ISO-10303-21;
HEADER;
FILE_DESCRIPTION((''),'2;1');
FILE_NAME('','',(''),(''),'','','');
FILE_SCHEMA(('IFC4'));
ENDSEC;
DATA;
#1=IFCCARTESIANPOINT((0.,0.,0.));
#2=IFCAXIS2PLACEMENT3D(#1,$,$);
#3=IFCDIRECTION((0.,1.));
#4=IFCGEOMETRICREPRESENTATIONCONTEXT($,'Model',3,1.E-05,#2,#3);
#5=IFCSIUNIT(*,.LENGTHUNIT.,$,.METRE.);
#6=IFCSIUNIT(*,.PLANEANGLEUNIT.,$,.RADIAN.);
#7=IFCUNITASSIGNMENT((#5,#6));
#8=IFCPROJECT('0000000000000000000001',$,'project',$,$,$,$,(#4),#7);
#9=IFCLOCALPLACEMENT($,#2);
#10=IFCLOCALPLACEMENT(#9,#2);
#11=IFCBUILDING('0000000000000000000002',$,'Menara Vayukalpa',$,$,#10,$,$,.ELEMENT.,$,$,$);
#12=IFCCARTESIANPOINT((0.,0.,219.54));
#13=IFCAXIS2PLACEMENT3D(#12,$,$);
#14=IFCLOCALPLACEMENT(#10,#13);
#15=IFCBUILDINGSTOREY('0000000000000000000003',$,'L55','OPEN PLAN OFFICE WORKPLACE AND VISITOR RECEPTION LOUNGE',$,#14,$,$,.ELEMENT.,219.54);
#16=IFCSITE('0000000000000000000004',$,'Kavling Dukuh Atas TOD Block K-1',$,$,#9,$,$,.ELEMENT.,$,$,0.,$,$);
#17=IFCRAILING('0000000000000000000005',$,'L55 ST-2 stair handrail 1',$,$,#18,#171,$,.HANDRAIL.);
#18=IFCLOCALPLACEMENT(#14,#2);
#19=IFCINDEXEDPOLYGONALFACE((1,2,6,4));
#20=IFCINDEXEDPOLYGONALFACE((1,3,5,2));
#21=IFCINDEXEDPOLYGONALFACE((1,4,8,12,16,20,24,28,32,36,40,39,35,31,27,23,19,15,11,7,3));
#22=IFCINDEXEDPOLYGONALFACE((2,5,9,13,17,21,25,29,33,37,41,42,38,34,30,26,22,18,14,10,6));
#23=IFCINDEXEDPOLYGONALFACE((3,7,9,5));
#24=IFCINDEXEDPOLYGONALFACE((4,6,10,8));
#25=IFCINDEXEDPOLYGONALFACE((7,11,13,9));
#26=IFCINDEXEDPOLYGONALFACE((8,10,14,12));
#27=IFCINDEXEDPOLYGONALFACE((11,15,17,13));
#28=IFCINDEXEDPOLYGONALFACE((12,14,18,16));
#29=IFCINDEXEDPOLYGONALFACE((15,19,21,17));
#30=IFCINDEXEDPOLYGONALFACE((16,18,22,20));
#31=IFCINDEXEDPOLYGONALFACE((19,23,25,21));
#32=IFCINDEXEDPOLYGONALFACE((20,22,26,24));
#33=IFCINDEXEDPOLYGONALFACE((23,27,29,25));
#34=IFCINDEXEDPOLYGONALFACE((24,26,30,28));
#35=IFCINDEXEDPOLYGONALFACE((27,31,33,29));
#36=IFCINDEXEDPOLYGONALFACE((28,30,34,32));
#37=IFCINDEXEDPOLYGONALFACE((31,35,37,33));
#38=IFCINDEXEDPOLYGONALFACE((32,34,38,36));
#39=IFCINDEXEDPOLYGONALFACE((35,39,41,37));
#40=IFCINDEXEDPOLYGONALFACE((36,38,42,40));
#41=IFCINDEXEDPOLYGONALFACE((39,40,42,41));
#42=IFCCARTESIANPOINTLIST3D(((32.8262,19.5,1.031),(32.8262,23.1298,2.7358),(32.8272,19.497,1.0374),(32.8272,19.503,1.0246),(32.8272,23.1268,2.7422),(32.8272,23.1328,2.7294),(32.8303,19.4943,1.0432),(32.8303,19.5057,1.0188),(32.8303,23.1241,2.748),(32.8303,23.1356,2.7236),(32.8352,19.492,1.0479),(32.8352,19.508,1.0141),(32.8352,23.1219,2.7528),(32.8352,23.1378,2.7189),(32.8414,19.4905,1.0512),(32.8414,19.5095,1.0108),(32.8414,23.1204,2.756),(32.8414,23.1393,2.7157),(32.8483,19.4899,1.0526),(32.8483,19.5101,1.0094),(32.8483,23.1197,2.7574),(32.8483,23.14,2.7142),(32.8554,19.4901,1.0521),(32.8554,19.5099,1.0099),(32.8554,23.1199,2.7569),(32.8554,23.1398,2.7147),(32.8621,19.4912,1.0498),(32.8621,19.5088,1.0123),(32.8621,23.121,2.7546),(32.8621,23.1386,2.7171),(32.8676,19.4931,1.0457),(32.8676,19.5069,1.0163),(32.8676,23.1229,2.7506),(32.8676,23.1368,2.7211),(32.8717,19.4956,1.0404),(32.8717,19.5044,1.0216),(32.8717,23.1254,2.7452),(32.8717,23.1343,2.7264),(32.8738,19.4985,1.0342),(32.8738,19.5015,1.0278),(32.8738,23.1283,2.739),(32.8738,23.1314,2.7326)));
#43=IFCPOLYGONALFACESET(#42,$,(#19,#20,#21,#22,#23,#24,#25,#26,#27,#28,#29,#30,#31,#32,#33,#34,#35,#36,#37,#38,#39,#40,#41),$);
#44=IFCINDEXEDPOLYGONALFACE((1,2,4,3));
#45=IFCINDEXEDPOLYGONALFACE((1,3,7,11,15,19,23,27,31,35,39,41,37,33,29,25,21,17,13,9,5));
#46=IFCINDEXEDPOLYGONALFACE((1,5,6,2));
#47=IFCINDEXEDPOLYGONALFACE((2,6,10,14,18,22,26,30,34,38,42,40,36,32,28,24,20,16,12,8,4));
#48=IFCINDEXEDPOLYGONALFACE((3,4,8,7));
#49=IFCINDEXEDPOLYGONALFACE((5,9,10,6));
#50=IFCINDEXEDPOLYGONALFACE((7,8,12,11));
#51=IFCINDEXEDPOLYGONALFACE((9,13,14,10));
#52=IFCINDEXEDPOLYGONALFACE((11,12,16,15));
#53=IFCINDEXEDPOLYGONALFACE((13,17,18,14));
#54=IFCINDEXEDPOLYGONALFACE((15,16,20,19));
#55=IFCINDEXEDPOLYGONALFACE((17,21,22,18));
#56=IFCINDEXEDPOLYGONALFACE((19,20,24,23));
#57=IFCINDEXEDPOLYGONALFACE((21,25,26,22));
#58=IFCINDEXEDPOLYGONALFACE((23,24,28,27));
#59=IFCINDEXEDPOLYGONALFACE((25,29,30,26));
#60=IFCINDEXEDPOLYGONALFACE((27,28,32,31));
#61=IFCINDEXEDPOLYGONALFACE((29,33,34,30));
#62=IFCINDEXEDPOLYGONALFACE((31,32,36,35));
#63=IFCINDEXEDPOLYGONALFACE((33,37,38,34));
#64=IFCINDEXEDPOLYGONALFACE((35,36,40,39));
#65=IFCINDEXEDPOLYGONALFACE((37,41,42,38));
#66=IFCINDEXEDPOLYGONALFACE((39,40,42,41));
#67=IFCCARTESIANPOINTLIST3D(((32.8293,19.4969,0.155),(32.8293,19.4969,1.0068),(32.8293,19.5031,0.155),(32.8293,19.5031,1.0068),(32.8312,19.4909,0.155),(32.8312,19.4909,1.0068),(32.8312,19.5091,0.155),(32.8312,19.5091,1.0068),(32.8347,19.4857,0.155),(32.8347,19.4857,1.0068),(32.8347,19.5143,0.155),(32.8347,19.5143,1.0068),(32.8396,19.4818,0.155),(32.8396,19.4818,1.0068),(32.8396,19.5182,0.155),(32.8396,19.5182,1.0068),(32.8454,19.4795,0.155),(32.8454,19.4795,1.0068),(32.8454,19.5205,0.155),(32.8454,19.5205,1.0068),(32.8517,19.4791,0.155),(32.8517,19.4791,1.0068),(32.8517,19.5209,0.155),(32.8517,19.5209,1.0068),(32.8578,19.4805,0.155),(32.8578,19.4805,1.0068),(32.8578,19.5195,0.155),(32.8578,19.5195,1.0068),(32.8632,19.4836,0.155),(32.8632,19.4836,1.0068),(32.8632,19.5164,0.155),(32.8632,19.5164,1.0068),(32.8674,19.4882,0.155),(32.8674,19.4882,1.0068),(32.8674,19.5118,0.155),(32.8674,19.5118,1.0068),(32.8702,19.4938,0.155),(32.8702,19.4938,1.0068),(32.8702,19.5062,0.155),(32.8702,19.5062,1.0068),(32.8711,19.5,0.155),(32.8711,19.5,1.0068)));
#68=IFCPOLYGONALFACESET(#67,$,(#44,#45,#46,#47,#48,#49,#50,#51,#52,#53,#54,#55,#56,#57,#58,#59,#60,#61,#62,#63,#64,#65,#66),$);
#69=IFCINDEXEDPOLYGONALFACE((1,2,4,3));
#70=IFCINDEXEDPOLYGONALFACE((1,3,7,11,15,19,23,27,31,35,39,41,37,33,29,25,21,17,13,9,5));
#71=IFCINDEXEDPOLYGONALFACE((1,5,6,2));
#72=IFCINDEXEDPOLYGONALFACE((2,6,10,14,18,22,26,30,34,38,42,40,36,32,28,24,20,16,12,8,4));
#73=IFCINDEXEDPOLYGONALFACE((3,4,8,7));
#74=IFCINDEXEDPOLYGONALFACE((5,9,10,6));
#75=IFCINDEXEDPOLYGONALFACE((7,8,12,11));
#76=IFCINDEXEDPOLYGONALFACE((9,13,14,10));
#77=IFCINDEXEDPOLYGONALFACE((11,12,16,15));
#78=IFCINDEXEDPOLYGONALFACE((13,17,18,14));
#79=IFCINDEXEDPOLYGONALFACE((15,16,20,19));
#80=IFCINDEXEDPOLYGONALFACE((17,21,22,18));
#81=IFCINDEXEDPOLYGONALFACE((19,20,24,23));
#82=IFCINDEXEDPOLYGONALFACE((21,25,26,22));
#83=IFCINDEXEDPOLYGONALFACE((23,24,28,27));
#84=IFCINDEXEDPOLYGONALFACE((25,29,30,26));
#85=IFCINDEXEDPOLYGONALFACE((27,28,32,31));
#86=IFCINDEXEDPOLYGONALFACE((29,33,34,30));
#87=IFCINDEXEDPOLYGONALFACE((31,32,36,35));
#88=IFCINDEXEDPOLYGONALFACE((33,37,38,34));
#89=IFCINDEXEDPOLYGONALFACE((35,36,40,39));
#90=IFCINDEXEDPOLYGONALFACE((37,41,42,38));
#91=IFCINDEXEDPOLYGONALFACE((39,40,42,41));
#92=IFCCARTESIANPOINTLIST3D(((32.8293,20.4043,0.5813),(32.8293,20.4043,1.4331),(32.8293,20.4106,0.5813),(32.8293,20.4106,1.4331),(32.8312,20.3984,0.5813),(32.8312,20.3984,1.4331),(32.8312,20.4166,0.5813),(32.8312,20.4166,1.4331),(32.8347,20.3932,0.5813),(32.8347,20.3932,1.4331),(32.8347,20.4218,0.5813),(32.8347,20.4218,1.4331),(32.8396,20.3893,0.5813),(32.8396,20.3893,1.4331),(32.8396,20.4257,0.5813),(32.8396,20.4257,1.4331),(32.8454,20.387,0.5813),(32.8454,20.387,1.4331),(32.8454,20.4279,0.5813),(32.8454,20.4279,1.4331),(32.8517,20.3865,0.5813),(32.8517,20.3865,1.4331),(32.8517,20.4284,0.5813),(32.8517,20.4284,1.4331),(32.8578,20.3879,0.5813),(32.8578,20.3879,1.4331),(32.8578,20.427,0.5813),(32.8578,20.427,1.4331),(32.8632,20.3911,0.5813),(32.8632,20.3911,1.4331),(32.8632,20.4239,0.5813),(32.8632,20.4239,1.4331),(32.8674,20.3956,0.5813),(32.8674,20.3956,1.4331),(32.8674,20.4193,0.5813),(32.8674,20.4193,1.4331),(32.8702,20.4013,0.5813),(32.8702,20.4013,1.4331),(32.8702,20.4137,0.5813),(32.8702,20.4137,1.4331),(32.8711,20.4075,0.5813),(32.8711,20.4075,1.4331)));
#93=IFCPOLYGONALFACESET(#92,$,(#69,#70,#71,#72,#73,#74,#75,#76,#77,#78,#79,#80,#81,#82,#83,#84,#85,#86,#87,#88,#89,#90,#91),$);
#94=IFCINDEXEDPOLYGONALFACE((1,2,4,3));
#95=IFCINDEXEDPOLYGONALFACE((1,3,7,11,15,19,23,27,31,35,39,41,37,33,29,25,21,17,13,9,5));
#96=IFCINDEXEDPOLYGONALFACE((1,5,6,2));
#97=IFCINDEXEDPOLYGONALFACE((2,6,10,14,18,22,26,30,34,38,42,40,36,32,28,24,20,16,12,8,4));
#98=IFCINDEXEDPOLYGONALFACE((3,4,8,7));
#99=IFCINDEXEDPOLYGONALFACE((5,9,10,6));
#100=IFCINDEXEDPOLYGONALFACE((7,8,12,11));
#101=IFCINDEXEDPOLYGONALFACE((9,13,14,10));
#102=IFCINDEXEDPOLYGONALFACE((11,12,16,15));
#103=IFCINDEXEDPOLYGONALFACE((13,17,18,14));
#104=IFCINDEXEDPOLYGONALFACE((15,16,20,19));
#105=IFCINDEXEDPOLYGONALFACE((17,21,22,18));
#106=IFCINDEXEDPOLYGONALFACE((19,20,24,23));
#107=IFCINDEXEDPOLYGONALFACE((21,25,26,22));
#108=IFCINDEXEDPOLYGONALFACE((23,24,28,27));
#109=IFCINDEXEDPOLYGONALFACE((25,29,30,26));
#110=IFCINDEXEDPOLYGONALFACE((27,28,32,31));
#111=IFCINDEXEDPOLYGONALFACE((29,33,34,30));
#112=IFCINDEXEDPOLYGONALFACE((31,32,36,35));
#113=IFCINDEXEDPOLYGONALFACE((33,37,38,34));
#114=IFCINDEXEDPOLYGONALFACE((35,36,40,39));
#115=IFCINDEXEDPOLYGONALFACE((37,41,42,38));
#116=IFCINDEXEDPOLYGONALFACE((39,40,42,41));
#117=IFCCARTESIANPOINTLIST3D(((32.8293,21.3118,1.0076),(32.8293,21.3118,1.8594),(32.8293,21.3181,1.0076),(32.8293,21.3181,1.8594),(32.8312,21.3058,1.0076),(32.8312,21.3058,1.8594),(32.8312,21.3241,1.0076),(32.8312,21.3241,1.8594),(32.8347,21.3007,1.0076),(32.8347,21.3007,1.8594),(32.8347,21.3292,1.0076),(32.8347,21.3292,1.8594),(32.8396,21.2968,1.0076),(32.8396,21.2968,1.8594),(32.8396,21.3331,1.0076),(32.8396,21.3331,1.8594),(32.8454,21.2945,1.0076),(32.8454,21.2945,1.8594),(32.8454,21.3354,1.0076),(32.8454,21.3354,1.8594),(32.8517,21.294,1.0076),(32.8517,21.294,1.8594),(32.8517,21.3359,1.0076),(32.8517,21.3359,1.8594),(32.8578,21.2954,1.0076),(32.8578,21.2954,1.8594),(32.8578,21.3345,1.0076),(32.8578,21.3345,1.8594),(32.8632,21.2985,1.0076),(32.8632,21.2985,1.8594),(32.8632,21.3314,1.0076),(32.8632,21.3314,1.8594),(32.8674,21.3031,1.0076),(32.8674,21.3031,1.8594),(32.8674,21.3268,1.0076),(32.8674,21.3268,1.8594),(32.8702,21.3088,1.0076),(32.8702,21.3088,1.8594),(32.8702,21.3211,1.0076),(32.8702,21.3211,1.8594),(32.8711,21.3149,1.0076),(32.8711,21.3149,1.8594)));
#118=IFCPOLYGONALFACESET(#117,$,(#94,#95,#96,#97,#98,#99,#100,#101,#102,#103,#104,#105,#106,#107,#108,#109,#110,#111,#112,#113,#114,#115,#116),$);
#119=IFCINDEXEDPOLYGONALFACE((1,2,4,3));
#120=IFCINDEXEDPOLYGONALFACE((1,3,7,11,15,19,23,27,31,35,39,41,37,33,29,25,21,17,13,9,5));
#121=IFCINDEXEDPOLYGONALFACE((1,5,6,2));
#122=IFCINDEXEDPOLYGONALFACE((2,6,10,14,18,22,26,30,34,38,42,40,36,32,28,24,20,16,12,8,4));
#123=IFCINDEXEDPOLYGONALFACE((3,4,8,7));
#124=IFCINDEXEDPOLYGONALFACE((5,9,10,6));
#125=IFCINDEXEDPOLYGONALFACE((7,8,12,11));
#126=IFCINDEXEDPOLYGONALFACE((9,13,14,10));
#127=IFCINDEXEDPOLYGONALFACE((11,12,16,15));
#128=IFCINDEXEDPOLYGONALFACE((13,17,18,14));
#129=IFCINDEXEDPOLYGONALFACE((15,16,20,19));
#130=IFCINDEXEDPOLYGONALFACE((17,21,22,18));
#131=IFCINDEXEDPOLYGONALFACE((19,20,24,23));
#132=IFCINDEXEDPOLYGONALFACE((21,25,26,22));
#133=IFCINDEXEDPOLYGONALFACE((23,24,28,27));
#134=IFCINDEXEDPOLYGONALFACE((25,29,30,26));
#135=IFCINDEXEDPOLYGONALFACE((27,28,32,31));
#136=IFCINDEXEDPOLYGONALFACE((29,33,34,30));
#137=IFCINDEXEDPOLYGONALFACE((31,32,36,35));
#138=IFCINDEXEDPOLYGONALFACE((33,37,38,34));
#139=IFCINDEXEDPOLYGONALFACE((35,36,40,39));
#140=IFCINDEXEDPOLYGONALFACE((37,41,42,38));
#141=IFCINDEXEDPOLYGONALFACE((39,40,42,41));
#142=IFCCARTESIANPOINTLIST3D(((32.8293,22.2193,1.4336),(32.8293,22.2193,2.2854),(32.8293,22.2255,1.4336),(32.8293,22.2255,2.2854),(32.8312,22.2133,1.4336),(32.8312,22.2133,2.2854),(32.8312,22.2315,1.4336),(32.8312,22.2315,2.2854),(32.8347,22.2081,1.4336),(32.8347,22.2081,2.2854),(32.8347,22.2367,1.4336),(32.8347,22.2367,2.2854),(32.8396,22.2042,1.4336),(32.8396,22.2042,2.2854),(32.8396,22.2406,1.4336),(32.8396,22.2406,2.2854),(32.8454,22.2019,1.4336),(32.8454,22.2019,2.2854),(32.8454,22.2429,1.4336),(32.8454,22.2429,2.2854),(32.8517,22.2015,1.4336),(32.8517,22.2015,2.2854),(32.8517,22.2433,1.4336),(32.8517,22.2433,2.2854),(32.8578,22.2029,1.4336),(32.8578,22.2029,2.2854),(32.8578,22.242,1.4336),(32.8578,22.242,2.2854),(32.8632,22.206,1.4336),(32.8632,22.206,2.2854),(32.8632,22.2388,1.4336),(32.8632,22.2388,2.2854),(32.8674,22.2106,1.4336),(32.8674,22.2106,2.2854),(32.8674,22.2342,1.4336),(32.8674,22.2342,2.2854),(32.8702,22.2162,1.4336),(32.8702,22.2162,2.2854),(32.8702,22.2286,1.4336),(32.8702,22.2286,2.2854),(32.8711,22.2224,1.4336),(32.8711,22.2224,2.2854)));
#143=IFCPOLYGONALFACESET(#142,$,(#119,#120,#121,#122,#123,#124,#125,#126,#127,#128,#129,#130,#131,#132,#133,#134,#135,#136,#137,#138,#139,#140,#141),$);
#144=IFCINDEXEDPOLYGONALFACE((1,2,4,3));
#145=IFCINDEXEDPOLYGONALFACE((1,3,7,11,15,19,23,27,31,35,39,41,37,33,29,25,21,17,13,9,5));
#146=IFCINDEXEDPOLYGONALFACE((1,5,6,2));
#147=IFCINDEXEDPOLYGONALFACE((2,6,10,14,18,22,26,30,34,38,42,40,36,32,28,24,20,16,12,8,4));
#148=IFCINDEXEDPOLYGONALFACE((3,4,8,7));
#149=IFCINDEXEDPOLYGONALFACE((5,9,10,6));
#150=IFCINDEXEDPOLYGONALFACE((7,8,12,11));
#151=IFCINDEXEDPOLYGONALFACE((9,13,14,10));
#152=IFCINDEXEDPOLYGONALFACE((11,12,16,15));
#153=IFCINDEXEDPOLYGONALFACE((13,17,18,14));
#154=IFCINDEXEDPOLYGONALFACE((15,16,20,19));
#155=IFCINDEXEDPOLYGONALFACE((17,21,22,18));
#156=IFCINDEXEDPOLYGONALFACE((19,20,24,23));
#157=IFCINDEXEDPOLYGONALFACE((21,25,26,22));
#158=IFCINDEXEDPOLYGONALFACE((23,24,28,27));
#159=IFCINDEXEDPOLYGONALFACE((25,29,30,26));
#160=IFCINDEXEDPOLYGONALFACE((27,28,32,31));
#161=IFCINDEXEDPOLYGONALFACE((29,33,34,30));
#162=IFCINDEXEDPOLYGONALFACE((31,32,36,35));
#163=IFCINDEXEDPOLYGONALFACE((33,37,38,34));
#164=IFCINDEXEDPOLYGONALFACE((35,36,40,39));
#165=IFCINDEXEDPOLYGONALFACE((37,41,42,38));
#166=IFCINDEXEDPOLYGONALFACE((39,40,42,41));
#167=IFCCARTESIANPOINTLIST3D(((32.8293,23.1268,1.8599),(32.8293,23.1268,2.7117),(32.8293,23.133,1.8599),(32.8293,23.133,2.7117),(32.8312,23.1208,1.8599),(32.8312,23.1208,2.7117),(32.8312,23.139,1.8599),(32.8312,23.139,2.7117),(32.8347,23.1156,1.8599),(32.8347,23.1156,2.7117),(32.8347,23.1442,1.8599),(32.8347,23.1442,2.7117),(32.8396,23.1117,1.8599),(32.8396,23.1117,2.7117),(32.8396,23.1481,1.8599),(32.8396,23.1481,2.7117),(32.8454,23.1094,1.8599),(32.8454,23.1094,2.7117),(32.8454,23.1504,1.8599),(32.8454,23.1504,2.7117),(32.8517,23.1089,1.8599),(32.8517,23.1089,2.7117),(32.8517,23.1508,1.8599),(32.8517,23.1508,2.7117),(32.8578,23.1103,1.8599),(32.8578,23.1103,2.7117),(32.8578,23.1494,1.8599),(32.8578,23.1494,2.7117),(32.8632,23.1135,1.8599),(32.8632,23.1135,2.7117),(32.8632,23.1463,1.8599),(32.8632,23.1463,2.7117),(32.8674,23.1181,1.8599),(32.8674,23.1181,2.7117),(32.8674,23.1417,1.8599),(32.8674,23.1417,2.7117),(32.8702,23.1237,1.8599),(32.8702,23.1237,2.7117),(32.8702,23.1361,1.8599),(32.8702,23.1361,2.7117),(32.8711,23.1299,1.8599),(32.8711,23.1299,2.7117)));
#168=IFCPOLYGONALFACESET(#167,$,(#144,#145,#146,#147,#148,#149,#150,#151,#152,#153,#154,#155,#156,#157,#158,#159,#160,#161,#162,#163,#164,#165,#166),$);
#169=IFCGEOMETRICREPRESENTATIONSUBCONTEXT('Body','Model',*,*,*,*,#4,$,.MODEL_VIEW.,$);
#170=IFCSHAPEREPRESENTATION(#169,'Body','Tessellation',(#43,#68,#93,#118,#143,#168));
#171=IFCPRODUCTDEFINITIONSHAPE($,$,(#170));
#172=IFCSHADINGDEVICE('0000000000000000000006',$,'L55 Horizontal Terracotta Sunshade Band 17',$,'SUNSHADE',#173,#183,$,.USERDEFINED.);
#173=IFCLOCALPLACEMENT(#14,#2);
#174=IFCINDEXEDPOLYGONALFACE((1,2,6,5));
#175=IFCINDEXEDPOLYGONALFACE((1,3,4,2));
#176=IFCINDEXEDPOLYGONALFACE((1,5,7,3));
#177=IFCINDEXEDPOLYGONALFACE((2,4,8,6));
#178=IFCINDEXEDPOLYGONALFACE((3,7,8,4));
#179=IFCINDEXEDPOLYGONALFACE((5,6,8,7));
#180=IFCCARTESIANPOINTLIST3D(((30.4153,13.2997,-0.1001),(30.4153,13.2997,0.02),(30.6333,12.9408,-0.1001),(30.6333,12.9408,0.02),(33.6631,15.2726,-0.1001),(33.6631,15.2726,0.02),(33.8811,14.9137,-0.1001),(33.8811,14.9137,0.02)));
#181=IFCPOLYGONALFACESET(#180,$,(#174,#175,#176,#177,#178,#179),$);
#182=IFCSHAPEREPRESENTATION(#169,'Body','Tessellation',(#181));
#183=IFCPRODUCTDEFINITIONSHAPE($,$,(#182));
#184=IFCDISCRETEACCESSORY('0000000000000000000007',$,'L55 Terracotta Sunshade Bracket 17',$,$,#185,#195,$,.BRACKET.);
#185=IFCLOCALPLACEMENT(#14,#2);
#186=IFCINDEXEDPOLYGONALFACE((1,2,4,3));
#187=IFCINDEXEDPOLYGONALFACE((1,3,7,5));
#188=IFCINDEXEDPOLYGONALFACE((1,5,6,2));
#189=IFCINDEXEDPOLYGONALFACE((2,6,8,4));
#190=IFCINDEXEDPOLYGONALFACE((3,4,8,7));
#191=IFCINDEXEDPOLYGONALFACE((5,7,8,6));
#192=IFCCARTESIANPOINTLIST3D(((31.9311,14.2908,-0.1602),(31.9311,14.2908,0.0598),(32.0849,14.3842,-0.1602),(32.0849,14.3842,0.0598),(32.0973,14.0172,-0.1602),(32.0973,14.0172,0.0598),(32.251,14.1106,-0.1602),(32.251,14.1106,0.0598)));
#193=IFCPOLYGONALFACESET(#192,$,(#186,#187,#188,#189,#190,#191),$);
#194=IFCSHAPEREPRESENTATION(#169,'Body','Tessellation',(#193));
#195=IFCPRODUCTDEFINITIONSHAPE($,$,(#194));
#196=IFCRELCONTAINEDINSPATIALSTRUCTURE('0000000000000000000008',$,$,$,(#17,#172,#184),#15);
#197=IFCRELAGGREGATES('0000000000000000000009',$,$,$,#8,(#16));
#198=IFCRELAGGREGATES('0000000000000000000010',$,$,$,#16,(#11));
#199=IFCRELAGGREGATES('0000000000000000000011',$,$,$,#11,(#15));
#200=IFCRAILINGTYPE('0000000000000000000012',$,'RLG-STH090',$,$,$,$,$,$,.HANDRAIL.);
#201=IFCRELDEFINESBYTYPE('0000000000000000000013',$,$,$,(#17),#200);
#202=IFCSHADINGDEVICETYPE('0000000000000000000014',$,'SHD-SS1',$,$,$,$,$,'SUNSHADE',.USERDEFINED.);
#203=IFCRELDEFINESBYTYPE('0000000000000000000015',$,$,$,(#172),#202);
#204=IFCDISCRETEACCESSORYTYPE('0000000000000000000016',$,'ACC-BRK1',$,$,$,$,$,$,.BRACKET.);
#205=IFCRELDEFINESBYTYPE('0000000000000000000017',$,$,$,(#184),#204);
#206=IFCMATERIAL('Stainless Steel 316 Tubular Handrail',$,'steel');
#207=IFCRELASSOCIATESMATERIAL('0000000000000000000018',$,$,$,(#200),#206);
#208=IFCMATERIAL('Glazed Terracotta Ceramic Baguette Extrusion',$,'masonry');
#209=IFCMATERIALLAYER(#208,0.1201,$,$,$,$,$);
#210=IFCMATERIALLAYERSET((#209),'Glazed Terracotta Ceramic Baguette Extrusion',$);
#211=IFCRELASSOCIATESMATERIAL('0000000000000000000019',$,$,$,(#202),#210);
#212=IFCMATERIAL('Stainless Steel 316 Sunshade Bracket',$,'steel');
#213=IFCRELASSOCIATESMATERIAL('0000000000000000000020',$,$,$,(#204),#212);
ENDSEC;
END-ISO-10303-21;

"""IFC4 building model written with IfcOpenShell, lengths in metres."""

from ifc_helpers import new_model, si_unit, direction, frame, origin, origin_2d, place, context, subcontext, project, spatial, rectangle, circle, extrude, material, layer, layer_set, type_object, element, save


model = new_model("IFC4")

# Units and contexts
model_context = context("Model", 3, precision=1e-05, world=origin(), true_north=direction((0.0, 1.0)))
body_context = subcontext(model_context, "Body", "Model", "MODEL_VIEW")
ifc_project = project(units=[si_unit("LENGTHUNIT", "METRE"), si_unit("PLANEANGLEUNIT", "RADIAN")], contexts=[model_context])

# Site, building, storey
site_placement = place(None, origin())
site = spatial("IfcSite", under=ifc_project, at=site_placement, Name="Kavling Dukuh Atas TOD Block K-1", CompositionType="ELEMENT", RefElevation=0.0)
building_placement = place(site_placement, origin())
building = spatial("IfcBuilding", under=site, at=building_placement, Name="Menara Vayukalpa", CompositionType="ELEMENT")
storey_placement = place(building_placement, frame((0.0, 0.0, 219.54)))
storey = spatial("IfcBuildingStorey", under=building, at=storey_placement, Name="L55", Description="OPEN PLAN OFFICE WORKPLACE AND VISITOR RECEPTION LOUNGE", CompositionType="ELEMENT", Elevation=219.54)

# Railing
ifc_material_1 = material(Name="Stainless Steel 316 Tubular Handrail", Category="steel")
railing_type_1 = type_object("IfcRailingType", Name="RLG-STH090", PredefinedType="HANDRAIL", material=ifc_material_1)
railing_1_placement = place(storey_placement, frame((32.8501, 19.5, 0.155)))
element("IfcRailing", 1, at=railing_1_placement, inside=storey, type_object=railing_type_1, Name="L55 ST-2 stair handrail 1", PredefinedType="HANDRAIL", context=body_context, shape_type="SweptSolid", body=[
    extrude(circle(Radius=0.0239, at=origin_2d()), frame((0.0, 0.0, 0.876), z_axis=(0.0, 0.90514, 0.425114), x_axis=(-1.0, 0.0, 0.0)), (0.0, 0.0, 1.0), 4.0103),
    extrude(circle(Radius=0.021, at=origin_2d()), origin(), (0.0, 0.0, 1.0), 0.8518),
    extrude(circle(Radius=0.021, at=origin_2d()), frame((0.0, 0.9075, 0.4263)), (0.0, 0.0, 1.0), 0.8518),
    extrude(circle(Radius=0.021, at=origin_2d()), frame((0.0, 1.8149, 0.8525)), (0.0, 0.0, 1.0), 0.8518),
    extrude(circle(Radius=0.021, at=origin_2d()), frame((0.0, 2.7224, 1.2786)), (0.0, 0.0, 1.0), 0.8518),
    extrude(circle(Radius=0.021, at=origin_2d()), frame((0.0, 3.6299, 1.7048)), (0.0, 0.0, 1.0), 0.8518),
])

# Shading device
ifc_material_2 = material(Name="Glazed Terracotta Ceramic Baguette Extrusion", Category="masonry")
ifc_layer_1 = layer(ifc_material_2, 0.1201)
ifc_layer_set_1 = layer_set([ifc_layer_1], Name="Glazed Terracotta Ceramic Baguette Extrusion")
shading_device_type = type_object("IfcShadingDeviceType", Name="SHD-SS1", ElementType="SUNSHADE", PredefinedType="USERDEFINED", material=ifc_layer_set_1)
shading_device_placement = place(storey_placement, frame((32.1482, 14.1067, -0.1001), z_axis=(0.0, 0.0, 1.0), x_axis=(0.854667, 0.519176, 0.0)))
element("IfcShadingDevice", 2, at=shading_device_placement, inside=storey, type_object=shading_device_type, Name="L55 Horizontal Terracotta Sunshade Band 17", ObjectType="SUNSHADE", PredefinedType="USERDEFINED", context=body_context, shape_type="SweptSolid", body=[
    extrude(rectangle(XDim=3.8, YDim=0.4199, at=origin_2d()), origin(), (0.0, 0.0, 1.0), 0.1201),
])

# Discrete accessory
ifc_material_3 = material(Name="Stainless Steel 316 Sunshade Bracket", Category="steel")
discrete_accessory_type = type_object("IfcDiscreteAccessoryType", Name="ACC-BRK1", PredefinedType="BRACKET", material=ifc_material_3)
discrete_accessory_placement = place(storey_placement, frame((32.0911, 14.2007, -0.1602), z_axis=(0.0, 0.0, 1.0), x_axis=(0.854667, 0.519176, 0.0)))
element("IfcDiscreteAccessory", 3, at=discrete_accessory_placement, inside=storey, type_object=discrete_accessory_type, Name="L55 Terracotta Sunshade Bracket 17", PredefinedType="BRACKET", context=body_context, shape_type="SweptSolid", body=[
    extrude(rectangle(XDim=0.1799, YDim=0.3201, at=origin_2d()), origin(), (0.0, 0.0, 1.0), 0.22),
])

save(model, "model.ifc")
